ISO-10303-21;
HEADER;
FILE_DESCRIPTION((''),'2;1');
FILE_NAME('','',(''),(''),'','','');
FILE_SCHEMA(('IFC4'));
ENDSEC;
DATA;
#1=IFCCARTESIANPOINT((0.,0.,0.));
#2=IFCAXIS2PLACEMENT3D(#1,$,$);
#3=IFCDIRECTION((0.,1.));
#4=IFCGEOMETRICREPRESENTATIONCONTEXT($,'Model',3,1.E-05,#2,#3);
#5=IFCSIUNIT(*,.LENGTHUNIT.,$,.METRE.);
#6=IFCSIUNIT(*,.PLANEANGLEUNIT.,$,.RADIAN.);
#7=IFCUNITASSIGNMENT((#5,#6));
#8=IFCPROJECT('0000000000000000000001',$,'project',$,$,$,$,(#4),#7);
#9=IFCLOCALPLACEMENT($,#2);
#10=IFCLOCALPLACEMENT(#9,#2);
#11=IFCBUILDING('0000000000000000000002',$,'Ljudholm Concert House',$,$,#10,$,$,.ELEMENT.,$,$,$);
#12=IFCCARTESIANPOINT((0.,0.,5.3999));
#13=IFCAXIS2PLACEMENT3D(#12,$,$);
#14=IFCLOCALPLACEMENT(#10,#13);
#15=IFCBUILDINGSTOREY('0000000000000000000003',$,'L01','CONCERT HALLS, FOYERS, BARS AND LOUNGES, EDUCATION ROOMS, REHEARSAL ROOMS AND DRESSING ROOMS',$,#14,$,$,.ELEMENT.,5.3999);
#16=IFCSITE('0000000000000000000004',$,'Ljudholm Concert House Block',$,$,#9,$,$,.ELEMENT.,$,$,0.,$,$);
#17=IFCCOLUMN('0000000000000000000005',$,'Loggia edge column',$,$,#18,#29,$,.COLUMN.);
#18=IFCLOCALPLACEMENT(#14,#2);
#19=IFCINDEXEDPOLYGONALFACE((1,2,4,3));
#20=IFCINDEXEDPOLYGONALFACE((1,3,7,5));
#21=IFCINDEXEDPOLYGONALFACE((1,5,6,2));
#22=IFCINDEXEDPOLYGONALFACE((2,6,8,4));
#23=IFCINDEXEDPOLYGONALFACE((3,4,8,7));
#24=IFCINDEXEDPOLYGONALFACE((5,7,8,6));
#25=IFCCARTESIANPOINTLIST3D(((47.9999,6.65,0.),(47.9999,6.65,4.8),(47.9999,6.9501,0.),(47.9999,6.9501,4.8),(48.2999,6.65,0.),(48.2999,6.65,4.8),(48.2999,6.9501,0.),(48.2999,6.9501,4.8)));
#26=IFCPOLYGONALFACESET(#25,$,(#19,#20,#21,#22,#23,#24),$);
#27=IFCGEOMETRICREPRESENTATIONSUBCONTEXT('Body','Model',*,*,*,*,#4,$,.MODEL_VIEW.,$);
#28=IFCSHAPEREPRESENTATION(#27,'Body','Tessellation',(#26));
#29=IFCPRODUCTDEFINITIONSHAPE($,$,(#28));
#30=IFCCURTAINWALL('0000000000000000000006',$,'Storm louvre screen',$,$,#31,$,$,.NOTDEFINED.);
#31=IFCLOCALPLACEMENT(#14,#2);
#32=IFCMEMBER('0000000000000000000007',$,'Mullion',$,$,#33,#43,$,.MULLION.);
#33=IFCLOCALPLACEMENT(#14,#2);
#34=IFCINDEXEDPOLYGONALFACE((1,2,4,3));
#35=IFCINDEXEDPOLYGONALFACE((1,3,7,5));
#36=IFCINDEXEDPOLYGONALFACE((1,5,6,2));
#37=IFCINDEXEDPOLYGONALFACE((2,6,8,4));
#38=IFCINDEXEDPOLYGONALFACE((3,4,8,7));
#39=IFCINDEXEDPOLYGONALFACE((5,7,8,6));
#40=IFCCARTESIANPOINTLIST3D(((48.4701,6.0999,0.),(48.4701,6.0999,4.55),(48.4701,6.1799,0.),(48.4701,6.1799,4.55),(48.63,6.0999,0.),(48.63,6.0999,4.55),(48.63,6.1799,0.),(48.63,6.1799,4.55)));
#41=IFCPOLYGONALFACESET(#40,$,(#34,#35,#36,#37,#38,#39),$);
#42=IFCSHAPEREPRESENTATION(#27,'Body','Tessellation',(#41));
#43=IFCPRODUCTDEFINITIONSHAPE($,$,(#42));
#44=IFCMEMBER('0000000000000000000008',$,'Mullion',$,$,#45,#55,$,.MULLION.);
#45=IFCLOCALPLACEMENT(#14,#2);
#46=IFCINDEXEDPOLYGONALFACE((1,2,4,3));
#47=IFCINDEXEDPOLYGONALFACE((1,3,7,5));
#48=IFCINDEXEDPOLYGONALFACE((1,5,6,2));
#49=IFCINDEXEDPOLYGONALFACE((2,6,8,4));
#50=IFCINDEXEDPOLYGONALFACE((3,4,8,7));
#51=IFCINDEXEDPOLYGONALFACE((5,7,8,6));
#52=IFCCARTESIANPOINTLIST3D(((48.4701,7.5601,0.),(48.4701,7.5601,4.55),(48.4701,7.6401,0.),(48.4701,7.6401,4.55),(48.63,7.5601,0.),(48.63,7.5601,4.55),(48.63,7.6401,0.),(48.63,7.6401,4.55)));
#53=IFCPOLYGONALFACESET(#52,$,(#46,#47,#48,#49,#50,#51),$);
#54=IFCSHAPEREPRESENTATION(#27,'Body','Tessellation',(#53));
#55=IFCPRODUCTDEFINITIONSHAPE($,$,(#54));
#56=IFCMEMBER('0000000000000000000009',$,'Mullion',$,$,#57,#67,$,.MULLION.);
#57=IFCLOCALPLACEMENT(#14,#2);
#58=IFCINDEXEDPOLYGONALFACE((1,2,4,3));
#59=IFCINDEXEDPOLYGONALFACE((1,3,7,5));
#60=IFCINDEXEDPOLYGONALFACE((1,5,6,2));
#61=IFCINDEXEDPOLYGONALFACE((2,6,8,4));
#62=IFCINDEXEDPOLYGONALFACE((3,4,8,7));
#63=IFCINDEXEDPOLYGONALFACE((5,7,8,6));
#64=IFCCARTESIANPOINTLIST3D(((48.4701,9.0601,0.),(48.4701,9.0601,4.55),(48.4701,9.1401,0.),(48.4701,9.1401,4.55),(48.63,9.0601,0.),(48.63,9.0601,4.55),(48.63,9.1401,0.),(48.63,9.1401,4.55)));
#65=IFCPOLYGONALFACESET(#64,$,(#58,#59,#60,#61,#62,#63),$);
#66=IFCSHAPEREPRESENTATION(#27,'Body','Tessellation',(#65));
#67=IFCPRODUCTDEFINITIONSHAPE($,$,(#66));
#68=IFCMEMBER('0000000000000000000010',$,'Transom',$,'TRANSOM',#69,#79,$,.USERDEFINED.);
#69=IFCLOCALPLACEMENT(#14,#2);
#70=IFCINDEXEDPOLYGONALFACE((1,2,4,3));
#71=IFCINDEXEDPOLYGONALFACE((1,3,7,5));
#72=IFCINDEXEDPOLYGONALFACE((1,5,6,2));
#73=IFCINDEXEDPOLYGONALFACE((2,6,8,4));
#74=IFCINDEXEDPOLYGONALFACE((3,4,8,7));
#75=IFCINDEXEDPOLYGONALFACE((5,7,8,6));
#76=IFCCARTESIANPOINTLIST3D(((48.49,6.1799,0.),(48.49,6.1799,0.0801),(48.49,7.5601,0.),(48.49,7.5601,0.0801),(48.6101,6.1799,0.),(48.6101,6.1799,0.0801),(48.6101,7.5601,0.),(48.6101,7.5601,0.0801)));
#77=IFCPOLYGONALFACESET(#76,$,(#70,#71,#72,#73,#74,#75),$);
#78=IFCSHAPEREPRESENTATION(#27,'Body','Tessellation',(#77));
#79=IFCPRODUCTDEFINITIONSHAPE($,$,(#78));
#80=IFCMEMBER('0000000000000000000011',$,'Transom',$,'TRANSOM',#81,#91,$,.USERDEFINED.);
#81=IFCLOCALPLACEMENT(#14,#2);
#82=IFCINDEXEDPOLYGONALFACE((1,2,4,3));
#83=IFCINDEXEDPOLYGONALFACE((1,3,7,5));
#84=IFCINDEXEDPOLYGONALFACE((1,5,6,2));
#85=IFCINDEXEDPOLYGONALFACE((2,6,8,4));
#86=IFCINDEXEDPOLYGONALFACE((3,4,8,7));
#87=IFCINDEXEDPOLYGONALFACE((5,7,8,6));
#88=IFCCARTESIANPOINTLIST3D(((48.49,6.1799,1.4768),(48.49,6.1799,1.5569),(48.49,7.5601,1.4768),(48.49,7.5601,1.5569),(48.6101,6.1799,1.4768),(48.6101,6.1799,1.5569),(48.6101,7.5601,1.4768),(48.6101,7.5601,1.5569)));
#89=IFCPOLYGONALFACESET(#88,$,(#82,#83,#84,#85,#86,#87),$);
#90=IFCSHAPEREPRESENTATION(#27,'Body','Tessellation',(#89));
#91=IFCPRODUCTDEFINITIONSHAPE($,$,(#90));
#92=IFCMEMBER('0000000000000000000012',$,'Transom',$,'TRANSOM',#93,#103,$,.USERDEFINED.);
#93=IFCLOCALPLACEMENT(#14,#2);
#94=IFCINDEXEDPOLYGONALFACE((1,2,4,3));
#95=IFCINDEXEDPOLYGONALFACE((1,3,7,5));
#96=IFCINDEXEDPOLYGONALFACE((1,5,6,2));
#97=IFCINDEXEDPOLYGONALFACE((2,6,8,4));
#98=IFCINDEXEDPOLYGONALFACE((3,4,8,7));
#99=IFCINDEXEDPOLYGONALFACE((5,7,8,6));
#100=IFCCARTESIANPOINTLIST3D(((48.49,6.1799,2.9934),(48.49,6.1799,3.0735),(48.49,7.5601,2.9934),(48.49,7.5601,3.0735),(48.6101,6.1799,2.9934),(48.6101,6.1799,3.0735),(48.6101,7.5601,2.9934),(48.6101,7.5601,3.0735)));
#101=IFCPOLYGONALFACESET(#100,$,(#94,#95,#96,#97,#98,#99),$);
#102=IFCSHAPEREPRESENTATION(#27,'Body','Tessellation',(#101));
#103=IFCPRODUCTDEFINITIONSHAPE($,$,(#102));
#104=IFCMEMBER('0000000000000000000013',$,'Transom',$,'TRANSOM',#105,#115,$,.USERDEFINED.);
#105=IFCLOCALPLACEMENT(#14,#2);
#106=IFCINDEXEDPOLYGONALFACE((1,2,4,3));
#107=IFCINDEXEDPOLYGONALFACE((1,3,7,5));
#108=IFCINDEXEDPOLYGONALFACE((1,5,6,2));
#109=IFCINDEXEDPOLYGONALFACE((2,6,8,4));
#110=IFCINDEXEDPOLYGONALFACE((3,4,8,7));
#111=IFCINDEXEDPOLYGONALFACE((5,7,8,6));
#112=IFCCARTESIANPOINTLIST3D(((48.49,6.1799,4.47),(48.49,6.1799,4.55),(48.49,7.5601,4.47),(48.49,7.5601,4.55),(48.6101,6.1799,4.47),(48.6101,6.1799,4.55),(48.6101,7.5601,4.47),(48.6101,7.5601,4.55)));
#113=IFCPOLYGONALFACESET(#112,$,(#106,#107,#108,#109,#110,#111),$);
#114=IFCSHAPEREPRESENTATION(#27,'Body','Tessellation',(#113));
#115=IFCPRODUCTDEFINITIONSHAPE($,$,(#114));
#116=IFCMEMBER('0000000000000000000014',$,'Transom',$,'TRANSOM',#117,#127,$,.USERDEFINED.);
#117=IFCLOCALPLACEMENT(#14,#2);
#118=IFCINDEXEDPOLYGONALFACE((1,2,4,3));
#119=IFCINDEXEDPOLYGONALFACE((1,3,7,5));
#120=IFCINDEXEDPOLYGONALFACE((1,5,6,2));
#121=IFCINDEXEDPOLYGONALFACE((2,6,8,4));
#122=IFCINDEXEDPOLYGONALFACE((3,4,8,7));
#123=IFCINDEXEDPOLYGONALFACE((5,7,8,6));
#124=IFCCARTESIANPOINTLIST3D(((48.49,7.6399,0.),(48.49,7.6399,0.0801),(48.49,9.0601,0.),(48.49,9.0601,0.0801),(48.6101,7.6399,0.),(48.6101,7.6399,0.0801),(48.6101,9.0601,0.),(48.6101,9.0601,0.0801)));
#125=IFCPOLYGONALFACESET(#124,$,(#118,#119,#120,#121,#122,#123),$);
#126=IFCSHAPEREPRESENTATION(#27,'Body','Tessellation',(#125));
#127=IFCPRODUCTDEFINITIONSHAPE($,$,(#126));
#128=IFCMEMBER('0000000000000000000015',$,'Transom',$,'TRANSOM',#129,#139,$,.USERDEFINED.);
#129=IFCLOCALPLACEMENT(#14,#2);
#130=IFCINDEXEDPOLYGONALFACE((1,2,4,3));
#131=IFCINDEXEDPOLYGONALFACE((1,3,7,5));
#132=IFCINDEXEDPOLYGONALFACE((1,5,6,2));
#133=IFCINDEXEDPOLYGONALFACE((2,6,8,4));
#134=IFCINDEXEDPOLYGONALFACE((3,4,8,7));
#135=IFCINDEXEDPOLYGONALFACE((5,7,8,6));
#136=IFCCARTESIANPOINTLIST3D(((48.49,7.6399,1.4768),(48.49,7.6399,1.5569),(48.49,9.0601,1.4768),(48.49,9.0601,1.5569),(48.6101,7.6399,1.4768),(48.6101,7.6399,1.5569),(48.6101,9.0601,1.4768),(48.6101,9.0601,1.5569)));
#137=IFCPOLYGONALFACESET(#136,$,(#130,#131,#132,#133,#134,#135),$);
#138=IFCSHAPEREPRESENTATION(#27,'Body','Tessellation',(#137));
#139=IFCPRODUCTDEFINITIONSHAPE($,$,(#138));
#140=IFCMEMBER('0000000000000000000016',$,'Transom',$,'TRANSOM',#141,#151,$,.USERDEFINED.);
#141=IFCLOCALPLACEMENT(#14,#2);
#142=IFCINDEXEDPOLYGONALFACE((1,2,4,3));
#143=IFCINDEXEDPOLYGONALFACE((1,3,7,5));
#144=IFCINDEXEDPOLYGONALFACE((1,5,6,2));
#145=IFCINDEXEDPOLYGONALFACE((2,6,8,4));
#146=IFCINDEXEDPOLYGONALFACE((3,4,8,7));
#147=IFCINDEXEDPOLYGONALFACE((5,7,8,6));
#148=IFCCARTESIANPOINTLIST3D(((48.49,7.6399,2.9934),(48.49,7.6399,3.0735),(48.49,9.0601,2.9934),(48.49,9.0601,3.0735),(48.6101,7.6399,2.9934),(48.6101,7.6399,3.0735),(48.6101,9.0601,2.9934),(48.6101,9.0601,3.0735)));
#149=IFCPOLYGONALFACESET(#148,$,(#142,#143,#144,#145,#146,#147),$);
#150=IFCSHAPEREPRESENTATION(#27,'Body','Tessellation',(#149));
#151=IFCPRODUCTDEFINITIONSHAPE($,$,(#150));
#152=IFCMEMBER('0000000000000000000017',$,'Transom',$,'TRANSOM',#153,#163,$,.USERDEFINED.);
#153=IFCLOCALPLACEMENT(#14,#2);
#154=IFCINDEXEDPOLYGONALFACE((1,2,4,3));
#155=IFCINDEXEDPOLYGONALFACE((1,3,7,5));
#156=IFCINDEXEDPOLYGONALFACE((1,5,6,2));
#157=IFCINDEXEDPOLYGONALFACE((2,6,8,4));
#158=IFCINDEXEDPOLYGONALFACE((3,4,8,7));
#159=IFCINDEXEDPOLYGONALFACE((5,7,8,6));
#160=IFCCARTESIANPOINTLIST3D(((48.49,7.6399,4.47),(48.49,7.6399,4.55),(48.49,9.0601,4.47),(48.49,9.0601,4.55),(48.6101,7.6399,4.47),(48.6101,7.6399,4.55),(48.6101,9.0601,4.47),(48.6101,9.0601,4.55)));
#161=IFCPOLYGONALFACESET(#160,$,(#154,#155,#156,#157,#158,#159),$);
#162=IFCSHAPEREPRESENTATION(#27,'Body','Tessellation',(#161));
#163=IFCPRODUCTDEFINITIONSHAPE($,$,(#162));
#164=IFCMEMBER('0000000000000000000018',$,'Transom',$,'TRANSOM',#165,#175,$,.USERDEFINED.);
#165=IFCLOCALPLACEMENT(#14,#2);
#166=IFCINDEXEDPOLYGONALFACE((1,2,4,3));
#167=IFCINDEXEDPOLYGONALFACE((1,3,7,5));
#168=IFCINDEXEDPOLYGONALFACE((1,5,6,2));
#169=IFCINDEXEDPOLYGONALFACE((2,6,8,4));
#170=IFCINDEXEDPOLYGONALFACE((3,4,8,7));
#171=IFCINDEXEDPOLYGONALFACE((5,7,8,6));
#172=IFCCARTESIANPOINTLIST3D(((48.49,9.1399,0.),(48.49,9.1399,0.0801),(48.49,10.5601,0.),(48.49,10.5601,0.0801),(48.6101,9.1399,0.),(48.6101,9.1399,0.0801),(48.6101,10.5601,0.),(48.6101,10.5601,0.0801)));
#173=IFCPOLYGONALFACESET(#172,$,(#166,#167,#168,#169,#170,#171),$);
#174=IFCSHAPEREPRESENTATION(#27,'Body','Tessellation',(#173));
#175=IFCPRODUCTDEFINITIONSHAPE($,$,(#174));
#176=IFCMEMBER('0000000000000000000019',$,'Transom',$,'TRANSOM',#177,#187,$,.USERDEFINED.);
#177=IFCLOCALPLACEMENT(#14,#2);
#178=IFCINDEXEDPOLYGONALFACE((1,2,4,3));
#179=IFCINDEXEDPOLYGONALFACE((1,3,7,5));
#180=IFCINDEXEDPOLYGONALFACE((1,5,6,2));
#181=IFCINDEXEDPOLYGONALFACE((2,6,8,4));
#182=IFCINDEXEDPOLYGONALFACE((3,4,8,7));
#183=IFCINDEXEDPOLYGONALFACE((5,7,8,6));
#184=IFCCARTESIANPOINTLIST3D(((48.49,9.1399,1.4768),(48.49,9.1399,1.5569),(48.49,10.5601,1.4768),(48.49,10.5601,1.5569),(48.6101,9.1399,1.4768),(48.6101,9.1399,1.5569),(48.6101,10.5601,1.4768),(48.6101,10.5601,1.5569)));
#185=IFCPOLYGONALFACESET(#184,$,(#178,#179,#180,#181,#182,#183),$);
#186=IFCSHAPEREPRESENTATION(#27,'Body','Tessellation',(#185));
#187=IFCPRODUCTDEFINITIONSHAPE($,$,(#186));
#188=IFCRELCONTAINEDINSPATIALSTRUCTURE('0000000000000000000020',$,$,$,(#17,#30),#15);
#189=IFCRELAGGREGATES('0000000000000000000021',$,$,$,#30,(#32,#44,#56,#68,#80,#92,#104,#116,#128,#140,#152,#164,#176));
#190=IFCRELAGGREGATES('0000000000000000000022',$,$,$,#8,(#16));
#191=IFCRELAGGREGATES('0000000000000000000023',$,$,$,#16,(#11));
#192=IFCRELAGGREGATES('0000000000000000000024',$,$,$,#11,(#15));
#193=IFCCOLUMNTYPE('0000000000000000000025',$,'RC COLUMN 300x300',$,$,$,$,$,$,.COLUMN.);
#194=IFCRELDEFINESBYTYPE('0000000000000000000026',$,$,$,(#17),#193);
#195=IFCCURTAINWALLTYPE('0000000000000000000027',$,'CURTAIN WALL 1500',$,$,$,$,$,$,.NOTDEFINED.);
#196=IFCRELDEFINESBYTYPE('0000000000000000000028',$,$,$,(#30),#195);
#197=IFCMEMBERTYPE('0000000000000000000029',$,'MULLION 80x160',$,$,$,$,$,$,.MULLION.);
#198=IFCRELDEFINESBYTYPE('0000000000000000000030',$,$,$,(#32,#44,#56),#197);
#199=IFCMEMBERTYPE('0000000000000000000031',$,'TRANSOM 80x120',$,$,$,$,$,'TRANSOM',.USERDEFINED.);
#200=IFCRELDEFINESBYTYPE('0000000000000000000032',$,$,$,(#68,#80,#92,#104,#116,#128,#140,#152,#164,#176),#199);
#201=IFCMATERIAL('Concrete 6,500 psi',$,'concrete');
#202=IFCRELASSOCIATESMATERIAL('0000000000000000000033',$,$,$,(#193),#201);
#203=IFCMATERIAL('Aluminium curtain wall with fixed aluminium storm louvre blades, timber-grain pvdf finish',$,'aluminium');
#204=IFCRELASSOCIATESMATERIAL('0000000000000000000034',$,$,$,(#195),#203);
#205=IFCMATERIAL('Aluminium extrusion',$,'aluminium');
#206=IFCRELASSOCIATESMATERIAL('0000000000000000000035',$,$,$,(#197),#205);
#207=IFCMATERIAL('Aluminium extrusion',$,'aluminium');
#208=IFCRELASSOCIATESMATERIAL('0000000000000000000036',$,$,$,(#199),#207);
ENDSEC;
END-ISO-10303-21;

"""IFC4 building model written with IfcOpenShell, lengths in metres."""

from ifc_helpers import new_model, si_unit, direction, frame, origin, origin_2d, place, context, subcontext, project, spatial, rectangle, extrude, material, material_profile, profile_set, type_object, element, aggregate, save


model = new_model("IFC4")

# Units and contexts
model_context = context("Model", 3, precision=1e-05, world=origin(), true_north=direction((0.0, 1.0)))
body_context = subcontext(model_context, "Body", "Model", "MODEL_VIEW")
ifc_project = project(units=[si_unit("LENGTHUNIT", "METRE"), si_unit("PLANEANGLEUNIT", "RADIAN")], contexts=[model_context])

# Site, building, storey
site_placement = place(None, origin())
site = spatial("IfcSite", under=ifc_project, at=site_placement, Name="Ljudholm Concert House Block", CompositionType="ELEMENT", RefElevation=0.0)
building_placement = place(site_placement, origin())
building = spatial("IfcBuilding", under=site, at=building_placement, Name="Ljudholm Concert House", CompositionType="ELEMENT")
storey_placement = place(building_placement, frame((0.0, 0.0, 5.3999)))
storey = spatial("IfcBuildingStorey", under=building, at=storey_placement, Name="L01", Description="CONCERT HALLS, FOYERS, BARS AND LOUNGES, EDUCATION ROOMS, REHEARSAL ROOMS AND DRESSING ROOMS", CompositionType="ELEMENT", Elevation=5.3999)

# Column
ifc_material_1 = material(Name="Concrete 6,500 psi", Category="concrete")
ifc_material_profile_1 = material_profile(ifc_material_1, rectangle(XDim=0.3, YDim=0.3, at=origin_2d()), Name="RC COLUMN 300x300")
ifc_profile_set_1 = profile_set([ifc_material_profile_1], Name="Concrete 6,500 psi")
column_type = type_object("IfcColumnType", Name="RC COLUMN 300x300", PredefinedType="COLUMN", material=ifc_profile_set_1)
column_placement = place(storey_placement, frame((48.1499, 6.8, 0.0), z_axis=(0.0, 0.0, 1.0), x_axis=(1.0, 0.0, 0.0)))
element("IfcColumn", 1, at=column_placement, inside=storey, type_object=column_type, Name="Loggia edge column", PredefinedType="COLUMN", context=body_context, shape_type="SweptSolid", body=[
    extrude(rectangle(XDim=0.3, YDim=0.3, at=origin_2d()), origin(), (0.0, 0.0, 1.0), 4.8),
])

# Curtain wall, members
ifc_material_2 = material(Name="Aluminium curtain wall with fixed aluminium storm louvre blades, timber-grain pvdf finish", Category="aluminium")
curtain_wall_type = type_object("IfcCurtainWallType", Name="CURTAIN WALL 1500", PredefinedType="NOTDEFINED", material=ifc_material_2)
curtain_wall_placement = place(storey_placement, origin())
curtain_wall = element("IfcCurtainWall", 2, at=curtain_wall_placement, inside=storey, type_object=curtain_wall_type, Name="Storm louvre screen", PredefinedType="NOTDEFINED")
ifc_material_3 = material(Name="Aluminium extrusion", Category="aluminium")
ifc_material_profile_2 = material_profile(ifc_material_3, rectangle(XDim=0.1599, YDim=0.0801, at=origin_2d()), Name="MULLION 80x160")
ifc_profile_set_2 = profile_set([ifc_material_profile_2], Name="Aluminium extrusion")
member_type_1 = type_object("IfcMemberType", Name="MULLION 80x160", PredefinedType="MULLION", material=ifc_profile_set_2)
member_1_placement = place(storey_placement, frame((48.55, 6.1399, 0.0), z_axis=(0.0, 0.0, 1.0), x_axis=(-1.0, 0.0, 0.0)))
member_1 = element("IfcMember", 3, at=member_1_placement, type_object=member_type_1, Name="Mullion", PredefinedType="MULLION", context=body_context, shape_type="SweptSolid", body=[
    extrude(rectangle(XDim=0.1599, YDim=0.0801, at=origin_2d()), origin(), (0.0, 0.0, 1.0), 4.55),
])
member_2_placement = place(storey_placement, frame((48.55, 7.6001, 0.0), z_axis=(0.0, 0.0, 1.0), x_axis=(-1.0, 0.0, 0.0)))
member_2 = element("IfcMember", 4, at=member_2_placement, type_object=member_type_1, Name="Mullion", PredefinedType="MULLION", context=body_context, shape_type="SweptSolid", body=[
    extrude(rectangle(XDim=0.1599, YDim=0.0801, at=origin_2d()), origin(), (0.0, 0.0, 1.0), 4.55),
])
member_3_placement = place(storey_placement, frame((48.55, 9.1001, 0.0), z_axis=(0.0, 0.0, 1.0), x_axis=(-1.0, 0.0, 0.0)))
member_3 = element("IfcMember", 5, at=member_3_placement, type_object=member_type_1, Name="Mullion", PredefinedType="MULLION", context=body_context, shape_type="SweptSolid", body=[
    extrude(rectangle(XDim=0.1599, YDim=0.0801, at=origin_2d()), origin(), (0.0, 0.0, 1.0), 4.55),
])
ifc_material_4 = material(Name="Aluminium extrusion", Category="aluminium")
ifc_material_profile_3 = material_profile(ifc_material_4, rectangle(XDim=0.1201, YDim=0.0801, at=origin_2d()), Name="TRANSOM 80x120")
ifc_profile_set_3 = profile_set([ifc_material_profile_3], Name="Aluminium extrusion")
member_type_2 = type_object("IfcMemberType", Name="TRANSOM 80x120", ElementType="TRANSOM", PredefinedType="USERDEFINED", material=ifc_profile_set_3)
member_4_placement = place(storey_placement, frame((48.55, 6.1799, 0.04), z_axis=(0.0, 1.0, 0.0), x_axis=(-1.0, 0.0, 0.0)))
member_4 = element("IfcMember", 6, at=member_4_placement, type_object=member_type_2, Name="Transom", ObjectType="TRANSOM", PredefinedType="USERDEFINED", context=body_context, shape_type="SweptSolid", body=[
    extrude(rectangle(XDim=0.1201, YDim=0.0801, at=origin_2d()), origin(), (0.0, 0.0, 1.0), 1.3801),
])
member_5_placement = place(storey_placement, frame((48.55, 6.1799, 1.5168), z_axis=(0.0, 1.0, 0.0), x_axis=(-1.0, 0.0, 0.0)))
member_5 = element("IfcMember", 7, at=member_5_placement, type_object=member_type_2, Name="Transom", ObjectType="TRANSOM", PredefinedType="USERDEFINED", context=body_context, shape_type="SweptSolid", body=[
    extrude(rectangle(XDim=0.1201, YDim=0.0801, at=origin_2d()), origin(), (0.0, 0.0, 1.0), 1.3801),
])
member_6_placement = place(storey_placement, frame((48.55, 6.1799, 3.0334), z_axis=(0.0, 1.0, 0.0), x_axis=(-1.0, 0.0, 0.0)))
member_6 = element("IfcMember", 8, at=member_6_placement, type_object=member_type_2, Name="Transom", ObjectType="TRANSOM", PredefinedType="USERDEFINED", context=body_context, shape_type="SweptSolid", body=[
    extrude(rectangle(XDim=0.1201, YDim=0.0801, at=origin_2d()), origin(), (0.0, 0.0, 1.0), 1.3801),
])
member_7_placement = place(storey_placement, frame((48.55, 6.1799, 4.51), z_axis=(0.0, 1.0, 0.0), x_axis=(-1.0, 0.0, 0.0)))
member_7 = element("IfcMember", 9, at=member_7_placement, type_object=member_type_2, Name="Transom", ObjectType="TRANSOM", PredefinedType="USERDEFINED", context=body_context, shape_type="SweptSolid", body=[
    extrude(rectangle(XDim=0.1201, YDim=0.0801, at=origin_2d()), origin(), (0.0, 0.0, 1.0), 1.3801),
])
member_8_placement = place(storey_placement, frame((48.55, 7.6399, 0.04), z_axis=(0.0, 1.0, 0.0), x_axis=(-1.0, 0.0, 0.0)))
member_8 = element("IfcMember", 10, at=member_8_placement, type_object=member_type_2, Name="Transom", ObjectType="TRANSOM", PredefinedType="USERDEFINED", context=body_context, shape_type="SweptSolid", body=[
    extrude(rectangle(XDim=0.1201, YDim=0.0801, at=origin_2d()), origin(), (0.0, 0.0, 1.0), 1.4202),
])
member_9_placement = place(storey_placement, frame((48.55, 7.6399, 1.5168), z_axis=(0.0, 1.0, 0.0), x_axis=(-1.0, 0.0, 0.0)))
member_9 = element("IfcMember", 11, at=member_9_placement, type_object=member_type_2, Name="Transom", ObjectType="TRANSOM", PredefinedType="USERDEFINED", context=body_context, shape_type="SweptSolid", body=[
    extrude(rectangle(XDim=0.1201, YDim=0.0801, at=origin_2d()), origin(), (0.0, 0.0, 1.0), 1.4202),
])
member_10_placement = place(storey_placement, frame((48.55, 7.6399, 3.0334), z_axis=(0.0, 1.0, 0.0), x_axis=(-1.0, 0.0, 0.0)))
member_10 = element("IfcMember", 12, at=member_10_placement, type_object=member_type_2, Name="Transom", ObjectType="TRANSOM", PredefinedType="USERDEFINED", context=body_context, shape_type="SweptSolid", body=[
    extrude(rectangle(XDim=0.1201, YDim=0.0801, at=origin_2d()), origin(), (0.0, 0.0, 1.0), 1.4202),
])
member_11_placement = place(storey_placement, frame((48.55, 7.6399, 4.51), z_axis=(0.0, 1.0, 0.0), x_axis=(-1.0, 0.0, 0.0)))
member_11 = element("IfcMember", 13, at=member_11_placement, type_object=member_type_2, Name="Transom", ObjectType="TRANSOM", PredefinedType="USERDEFINED", context=body_context, shape_type="SweptSolid", body=[
    extrude(rectangle(XDim=0.1201, YDim=0.0801, at=origin_2d()), origin(), (0.0, 0.0, 1.0), 1.4202),
])
member_12_placement = place(storey_placement, frame((48.55, 9.1399, 0.04), z_axis=(0.0, 1.0, 0.0), x_axis=(-1.0, 0.0, 0.0)))
member_12 = element("IfcMember", 14, at=member_12_placement, type_object=member_type_2, Name="Transom", ObjectType="TRANSOM", PredefinedType="USERDEFINED", context=body_context, shape_type="SweptSolid", body=[
    extrude(rectangle(XDim=0.1201, YDim=0.0801, at=origin_2d()), origin(), (0.0, 0.0, 1.0), 1.4202),
])
member_13_placement = place(storey_placement, frame((48.55, 9.1399, 1.5168), z_axis=(0.0, 1.0, 0.0), x_axis=(-1.0, 0.0, 0.0)))
member_13 = element("IfcMember", 15, at=member_13_placement, type_object=member_type_2, Name="Transom", ObjectType="TRANSOM", PredefinedType="USERDEFINED", context=body_context, shape_type="SweptSolid", body=[
    extrude(rectangle(XDim=0.1201, YDim=0.0801, at=origin_2d()), origin(), (0.0, 0.0, 1.0), 1.4202),
])
aggregate(curtain_wall, [member_1, member_2, member_3, member_4, member_5, member_6, member_7, member_8, member_9, member_10, member_11, member_12, member_13])

save(model, "model.ifc")
